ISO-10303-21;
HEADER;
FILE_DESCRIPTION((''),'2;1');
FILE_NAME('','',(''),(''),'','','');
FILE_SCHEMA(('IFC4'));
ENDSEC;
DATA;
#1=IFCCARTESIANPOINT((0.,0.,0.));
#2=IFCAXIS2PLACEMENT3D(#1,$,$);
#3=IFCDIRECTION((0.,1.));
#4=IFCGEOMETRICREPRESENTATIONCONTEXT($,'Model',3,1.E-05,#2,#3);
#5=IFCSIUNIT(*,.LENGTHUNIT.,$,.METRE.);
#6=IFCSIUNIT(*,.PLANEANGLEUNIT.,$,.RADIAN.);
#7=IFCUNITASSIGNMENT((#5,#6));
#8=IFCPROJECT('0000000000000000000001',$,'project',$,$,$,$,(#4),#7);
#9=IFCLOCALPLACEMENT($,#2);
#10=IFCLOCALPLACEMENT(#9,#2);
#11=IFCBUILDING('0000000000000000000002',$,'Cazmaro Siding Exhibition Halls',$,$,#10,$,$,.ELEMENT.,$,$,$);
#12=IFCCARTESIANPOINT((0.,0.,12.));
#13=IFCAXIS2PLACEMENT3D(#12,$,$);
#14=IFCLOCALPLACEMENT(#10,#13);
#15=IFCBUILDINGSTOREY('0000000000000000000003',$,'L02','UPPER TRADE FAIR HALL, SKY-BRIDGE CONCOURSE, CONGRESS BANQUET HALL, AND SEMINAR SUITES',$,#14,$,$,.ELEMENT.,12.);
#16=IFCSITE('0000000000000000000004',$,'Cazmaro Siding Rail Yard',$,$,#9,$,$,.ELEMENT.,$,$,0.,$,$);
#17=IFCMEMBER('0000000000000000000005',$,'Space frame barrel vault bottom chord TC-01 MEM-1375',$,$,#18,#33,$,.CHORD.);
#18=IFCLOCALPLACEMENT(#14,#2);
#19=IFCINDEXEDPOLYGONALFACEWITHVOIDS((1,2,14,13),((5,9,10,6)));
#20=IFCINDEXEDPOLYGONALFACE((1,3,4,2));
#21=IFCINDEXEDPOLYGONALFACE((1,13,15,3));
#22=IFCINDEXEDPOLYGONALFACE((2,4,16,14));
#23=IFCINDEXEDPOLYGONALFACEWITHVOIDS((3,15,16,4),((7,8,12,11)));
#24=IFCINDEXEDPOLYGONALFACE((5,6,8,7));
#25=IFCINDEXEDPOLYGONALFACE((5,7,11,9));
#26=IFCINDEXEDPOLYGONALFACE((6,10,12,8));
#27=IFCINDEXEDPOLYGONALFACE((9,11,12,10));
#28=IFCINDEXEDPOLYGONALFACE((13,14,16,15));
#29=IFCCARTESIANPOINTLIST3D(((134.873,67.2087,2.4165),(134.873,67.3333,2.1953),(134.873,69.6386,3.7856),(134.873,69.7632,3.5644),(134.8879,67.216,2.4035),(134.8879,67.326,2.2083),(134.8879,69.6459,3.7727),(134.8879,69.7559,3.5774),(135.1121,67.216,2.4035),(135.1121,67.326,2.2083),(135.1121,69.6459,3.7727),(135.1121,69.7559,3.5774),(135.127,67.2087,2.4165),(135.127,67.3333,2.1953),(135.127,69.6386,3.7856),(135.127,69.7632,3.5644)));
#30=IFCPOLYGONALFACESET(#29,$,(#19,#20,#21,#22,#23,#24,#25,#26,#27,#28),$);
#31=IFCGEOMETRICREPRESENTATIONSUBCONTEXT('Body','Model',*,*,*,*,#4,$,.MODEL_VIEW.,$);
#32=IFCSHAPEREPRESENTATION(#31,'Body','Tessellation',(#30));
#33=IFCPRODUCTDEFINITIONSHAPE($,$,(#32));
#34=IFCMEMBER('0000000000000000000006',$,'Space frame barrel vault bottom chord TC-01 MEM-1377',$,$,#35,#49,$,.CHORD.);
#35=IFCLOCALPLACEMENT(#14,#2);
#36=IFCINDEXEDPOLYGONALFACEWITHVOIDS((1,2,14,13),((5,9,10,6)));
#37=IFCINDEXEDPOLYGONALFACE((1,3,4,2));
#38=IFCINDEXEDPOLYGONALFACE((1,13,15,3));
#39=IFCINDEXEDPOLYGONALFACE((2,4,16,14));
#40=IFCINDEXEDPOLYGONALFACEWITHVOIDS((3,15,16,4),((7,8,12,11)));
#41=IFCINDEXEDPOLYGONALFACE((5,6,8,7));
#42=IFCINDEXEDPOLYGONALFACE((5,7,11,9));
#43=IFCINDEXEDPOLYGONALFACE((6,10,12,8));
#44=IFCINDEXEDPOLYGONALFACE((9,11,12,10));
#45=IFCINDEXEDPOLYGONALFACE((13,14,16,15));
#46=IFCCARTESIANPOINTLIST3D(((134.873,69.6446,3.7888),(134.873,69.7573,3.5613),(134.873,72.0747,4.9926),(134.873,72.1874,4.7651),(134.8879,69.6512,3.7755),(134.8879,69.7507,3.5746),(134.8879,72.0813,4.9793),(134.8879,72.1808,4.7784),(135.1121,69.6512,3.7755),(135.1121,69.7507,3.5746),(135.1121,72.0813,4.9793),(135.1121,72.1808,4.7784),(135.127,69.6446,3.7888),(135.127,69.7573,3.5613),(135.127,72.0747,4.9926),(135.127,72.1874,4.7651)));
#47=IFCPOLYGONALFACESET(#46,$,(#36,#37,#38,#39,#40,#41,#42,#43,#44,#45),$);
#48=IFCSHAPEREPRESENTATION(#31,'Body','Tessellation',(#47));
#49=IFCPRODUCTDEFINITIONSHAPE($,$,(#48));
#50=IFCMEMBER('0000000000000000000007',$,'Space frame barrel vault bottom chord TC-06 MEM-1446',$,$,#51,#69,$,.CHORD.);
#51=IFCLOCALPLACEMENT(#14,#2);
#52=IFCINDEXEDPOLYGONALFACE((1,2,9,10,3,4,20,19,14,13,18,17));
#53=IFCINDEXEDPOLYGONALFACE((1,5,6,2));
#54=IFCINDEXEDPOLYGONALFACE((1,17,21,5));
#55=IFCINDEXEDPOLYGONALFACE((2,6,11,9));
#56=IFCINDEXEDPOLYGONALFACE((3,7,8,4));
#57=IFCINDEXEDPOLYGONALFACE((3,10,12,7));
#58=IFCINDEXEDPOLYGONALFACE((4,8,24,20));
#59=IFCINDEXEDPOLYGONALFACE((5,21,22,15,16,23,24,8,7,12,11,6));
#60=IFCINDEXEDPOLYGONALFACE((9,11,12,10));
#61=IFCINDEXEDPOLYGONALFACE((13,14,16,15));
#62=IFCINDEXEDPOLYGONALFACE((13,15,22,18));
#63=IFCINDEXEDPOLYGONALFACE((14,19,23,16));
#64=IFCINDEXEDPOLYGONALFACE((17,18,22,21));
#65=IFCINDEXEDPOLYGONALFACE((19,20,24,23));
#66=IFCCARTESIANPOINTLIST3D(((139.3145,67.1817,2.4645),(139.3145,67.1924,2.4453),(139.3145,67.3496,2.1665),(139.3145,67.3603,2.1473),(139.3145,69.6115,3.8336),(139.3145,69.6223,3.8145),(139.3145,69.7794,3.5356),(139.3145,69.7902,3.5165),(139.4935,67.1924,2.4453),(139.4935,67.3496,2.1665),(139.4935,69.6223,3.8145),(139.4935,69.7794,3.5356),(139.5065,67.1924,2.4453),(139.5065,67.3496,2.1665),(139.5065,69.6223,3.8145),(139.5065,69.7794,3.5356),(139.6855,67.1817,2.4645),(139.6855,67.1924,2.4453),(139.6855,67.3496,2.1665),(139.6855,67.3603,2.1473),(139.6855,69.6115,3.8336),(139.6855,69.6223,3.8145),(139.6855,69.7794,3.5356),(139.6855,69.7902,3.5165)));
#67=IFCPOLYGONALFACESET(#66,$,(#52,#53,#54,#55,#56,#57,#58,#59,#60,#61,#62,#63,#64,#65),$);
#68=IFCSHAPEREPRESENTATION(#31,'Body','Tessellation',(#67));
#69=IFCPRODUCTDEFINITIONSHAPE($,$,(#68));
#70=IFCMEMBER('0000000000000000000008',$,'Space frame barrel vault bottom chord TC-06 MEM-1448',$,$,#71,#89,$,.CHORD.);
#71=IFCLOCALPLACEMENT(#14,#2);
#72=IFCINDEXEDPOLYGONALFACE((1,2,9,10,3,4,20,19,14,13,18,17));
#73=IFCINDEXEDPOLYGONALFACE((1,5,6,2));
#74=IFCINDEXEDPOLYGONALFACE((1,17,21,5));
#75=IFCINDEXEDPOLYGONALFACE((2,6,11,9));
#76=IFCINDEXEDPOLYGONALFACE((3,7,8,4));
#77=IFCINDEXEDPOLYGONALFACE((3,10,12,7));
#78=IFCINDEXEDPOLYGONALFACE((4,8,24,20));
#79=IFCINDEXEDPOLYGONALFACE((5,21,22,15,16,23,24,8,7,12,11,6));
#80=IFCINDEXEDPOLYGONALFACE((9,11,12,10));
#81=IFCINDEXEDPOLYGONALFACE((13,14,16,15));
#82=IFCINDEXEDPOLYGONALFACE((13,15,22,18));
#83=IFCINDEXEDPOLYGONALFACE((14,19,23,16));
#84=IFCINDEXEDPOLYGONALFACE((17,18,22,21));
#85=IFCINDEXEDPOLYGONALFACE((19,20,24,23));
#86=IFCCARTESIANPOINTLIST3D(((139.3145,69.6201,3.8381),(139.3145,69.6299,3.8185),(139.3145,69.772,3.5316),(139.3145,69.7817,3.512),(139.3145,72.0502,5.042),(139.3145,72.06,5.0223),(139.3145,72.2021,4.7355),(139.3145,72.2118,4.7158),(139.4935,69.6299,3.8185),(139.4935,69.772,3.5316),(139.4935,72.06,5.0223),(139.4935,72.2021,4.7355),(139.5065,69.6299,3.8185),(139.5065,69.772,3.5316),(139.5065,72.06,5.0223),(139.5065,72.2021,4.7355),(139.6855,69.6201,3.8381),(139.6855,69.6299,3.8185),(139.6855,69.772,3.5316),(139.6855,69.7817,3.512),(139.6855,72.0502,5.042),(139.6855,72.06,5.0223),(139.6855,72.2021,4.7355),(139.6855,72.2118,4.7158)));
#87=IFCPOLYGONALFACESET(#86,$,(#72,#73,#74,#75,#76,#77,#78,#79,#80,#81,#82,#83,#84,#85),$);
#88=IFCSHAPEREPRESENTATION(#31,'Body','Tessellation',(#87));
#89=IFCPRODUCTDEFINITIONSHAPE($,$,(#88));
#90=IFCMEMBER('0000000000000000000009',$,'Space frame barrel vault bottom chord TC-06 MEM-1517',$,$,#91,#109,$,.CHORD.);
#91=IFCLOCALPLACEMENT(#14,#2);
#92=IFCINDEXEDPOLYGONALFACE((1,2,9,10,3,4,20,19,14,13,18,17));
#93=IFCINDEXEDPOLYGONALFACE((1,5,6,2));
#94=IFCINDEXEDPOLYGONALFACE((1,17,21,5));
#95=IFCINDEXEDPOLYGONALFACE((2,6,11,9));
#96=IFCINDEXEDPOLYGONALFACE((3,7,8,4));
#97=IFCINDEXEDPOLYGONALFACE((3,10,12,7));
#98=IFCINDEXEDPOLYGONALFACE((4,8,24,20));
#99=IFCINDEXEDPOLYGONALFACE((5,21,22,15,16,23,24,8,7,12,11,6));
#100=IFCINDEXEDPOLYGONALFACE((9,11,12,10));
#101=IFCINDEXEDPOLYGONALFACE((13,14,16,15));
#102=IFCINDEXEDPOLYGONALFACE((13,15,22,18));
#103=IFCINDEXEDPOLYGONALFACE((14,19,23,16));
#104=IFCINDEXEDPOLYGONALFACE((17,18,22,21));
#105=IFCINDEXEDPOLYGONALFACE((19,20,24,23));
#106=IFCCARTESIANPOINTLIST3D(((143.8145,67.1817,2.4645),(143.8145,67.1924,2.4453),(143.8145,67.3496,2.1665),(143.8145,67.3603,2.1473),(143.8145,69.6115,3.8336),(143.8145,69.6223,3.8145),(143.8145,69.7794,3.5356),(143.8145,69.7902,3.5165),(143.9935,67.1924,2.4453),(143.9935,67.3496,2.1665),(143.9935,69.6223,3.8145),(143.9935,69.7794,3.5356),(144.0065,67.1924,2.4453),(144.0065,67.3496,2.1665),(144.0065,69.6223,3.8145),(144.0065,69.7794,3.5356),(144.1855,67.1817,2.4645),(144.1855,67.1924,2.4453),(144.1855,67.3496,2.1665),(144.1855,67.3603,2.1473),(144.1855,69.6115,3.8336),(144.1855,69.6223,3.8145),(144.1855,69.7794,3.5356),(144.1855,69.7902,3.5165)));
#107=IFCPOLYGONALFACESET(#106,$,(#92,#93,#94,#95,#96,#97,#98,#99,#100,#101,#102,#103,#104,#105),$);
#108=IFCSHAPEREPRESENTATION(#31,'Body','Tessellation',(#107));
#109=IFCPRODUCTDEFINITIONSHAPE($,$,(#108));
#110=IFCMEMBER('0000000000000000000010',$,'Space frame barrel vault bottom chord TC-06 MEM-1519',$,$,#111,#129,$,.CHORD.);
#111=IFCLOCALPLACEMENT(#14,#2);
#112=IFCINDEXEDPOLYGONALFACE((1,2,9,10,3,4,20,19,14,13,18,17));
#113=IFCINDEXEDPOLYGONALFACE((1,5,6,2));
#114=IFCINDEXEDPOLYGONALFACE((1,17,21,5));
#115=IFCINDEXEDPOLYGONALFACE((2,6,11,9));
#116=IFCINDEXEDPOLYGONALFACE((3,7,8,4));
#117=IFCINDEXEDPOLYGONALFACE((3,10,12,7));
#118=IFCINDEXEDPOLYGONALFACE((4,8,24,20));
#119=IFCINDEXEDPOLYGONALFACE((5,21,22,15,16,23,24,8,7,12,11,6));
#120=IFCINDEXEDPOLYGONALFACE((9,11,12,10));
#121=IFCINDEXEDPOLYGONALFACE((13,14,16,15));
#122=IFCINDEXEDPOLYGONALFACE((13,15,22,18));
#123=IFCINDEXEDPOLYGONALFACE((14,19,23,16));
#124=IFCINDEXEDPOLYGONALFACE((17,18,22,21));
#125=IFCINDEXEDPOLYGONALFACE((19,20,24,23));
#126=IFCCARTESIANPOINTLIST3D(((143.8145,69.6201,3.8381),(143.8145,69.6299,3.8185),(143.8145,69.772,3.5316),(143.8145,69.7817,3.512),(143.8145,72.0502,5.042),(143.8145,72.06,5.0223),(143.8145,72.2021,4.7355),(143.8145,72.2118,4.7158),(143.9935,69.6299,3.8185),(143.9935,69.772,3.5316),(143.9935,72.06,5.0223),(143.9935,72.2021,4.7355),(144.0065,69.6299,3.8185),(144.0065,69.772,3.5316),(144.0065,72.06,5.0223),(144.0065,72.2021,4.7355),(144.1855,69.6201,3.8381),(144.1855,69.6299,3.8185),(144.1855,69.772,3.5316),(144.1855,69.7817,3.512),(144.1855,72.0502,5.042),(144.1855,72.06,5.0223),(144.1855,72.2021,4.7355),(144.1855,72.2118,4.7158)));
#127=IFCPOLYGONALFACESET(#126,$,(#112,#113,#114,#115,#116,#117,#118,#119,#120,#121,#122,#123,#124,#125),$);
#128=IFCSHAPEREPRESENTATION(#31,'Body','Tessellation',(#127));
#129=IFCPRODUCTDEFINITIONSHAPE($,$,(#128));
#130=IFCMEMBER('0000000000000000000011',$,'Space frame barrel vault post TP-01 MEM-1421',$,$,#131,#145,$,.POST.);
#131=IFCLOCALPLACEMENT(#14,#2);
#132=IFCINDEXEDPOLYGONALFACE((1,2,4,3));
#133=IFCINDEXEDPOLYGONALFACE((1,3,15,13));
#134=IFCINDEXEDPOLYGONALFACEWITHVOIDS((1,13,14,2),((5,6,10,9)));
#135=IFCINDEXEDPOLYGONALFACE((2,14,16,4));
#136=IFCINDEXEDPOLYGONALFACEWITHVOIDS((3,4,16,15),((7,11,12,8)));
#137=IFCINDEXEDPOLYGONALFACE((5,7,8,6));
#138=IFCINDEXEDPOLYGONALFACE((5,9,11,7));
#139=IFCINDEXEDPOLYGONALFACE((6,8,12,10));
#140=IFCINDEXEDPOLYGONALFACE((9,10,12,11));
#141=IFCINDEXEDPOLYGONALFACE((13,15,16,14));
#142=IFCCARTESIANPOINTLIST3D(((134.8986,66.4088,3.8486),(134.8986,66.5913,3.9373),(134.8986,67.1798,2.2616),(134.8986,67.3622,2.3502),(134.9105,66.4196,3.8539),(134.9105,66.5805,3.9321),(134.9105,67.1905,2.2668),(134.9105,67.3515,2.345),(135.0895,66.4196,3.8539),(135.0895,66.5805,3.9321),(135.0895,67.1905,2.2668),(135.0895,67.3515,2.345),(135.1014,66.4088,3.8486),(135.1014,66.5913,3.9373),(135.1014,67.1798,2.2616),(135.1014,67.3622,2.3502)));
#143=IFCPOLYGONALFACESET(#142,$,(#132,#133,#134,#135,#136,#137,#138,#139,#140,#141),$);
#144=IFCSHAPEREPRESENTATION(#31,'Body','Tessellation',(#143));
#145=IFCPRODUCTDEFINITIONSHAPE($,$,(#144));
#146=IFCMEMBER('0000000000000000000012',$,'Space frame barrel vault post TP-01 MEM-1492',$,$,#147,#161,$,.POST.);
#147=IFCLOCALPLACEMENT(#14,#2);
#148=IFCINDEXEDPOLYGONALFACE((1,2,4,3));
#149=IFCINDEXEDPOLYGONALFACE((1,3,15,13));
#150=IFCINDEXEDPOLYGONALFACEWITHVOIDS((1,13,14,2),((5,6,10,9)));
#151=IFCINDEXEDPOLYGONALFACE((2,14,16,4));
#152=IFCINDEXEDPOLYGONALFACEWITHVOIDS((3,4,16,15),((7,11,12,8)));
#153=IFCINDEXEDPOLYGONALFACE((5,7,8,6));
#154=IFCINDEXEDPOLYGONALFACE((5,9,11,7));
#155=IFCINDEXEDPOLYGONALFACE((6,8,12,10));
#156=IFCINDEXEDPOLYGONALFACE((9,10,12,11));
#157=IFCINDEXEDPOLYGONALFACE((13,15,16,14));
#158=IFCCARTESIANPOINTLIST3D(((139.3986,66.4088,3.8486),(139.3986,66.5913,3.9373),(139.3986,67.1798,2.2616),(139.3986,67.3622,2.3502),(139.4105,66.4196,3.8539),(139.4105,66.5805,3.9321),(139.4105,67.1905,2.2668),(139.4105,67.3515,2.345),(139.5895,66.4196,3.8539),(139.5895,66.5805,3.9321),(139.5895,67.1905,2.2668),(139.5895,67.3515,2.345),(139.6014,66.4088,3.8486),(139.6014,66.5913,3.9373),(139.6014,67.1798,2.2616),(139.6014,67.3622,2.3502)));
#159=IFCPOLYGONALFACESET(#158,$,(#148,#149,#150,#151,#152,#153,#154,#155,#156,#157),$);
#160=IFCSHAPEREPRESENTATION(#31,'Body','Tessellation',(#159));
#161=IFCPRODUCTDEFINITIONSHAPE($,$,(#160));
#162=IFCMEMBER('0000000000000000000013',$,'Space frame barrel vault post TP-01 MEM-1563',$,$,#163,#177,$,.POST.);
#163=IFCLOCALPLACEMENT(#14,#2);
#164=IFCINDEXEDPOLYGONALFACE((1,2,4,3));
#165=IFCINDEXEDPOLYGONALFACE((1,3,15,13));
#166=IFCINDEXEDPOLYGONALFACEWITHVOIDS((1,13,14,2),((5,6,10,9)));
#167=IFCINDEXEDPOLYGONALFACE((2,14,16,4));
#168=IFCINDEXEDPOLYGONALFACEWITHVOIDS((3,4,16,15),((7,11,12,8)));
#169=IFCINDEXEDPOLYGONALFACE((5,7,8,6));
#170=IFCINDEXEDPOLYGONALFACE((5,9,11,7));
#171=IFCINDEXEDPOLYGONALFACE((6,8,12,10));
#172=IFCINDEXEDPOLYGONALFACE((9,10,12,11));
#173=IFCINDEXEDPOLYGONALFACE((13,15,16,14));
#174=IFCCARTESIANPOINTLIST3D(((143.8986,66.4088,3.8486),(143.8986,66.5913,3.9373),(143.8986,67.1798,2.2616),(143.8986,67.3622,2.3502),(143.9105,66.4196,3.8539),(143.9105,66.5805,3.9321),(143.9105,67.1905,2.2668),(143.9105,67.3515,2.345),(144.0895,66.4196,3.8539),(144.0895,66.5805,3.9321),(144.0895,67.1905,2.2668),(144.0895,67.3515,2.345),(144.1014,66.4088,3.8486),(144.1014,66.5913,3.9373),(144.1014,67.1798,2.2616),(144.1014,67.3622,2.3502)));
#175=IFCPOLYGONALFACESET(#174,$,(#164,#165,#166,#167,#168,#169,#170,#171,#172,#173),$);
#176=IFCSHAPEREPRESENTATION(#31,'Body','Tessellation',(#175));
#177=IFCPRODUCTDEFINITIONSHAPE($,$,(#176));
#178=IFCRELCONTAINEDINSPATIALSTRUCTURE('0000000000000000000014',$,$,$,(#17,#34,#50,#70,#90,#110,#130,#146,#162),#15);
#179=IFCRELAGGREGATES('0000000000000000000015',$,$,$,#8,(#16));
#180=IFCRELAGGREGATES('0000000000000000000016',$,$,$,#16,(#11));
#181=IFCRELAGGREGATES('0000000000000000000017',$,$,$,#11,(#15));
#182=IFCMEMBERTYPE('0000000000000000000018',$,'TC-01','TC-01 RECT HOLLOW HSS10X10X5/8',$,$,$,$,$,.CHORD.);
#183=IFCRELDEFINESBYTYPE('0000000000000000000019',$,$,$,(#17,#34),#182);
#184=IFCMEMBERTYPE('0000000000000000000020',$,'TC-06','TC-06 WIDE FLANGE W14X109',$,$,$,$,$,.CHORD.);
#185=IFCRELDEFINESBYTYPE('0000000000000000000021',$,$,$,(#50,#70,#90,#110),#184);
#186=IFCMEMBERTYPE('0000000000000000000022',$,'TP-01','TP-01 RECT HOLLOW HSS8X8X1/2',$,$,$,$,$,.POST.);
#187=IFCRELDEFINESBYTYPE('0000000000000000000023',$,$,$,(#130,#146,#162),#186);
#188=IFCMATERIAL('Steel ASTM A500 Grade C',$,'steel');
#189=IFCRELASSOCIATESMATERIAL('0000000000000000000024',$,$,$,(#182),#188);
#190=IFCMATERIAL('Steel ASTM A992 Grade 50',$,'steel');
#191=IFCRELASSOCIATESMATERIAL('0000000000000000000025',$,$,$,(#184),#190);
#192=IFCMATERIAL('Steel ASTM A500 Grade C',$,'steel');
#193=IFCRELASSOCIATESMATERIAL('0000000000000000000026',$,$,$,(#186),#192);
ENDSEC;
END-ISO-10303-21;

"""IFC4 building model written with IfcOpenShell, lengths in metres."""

from ifc_helpers import new_model, si_unit, direction, frame, origin, origin_2d, place, context, subcontext, project, spatial, hollow_rectangle, i_section, extrude, material, material_profile, profile_set, type_object, element, save


model = new_model("IFC4")

# Units and contexts
model_context = context("Model", 3, precision=1e-05, world=origin(), true_north=direction((0.0, 1.0)))
body_context = subcontext(model_context, "Body", "Model", "MODEL_VIEW")
ifc_project = project(units=[si_unit("LENGTHUNIT", "METRE"), si_unit("PLANEANGLEUNIT", "RADIAN")], contexts=[model_context])

# Site, building, storey
site_placement = place(None, origin())
site = spatial("IfcSite", under=ifc_project, at=site_placement, Name="Cazmaro Siding Rail Yard", CompositionType="ELEMENT", RefElevation=0.0)
building_placement = place(site_placement, origin())
building = spatial("IfcBuilding", under=site, at=building_placement, Name="Cazmaro Siding Exhibition Halls", CompositionType="ELEMENT")
storey_placement = place(building_placement, frame((0.0, 0.0, 12.0)))
storey = spatial("IfcBuildingStorey", under=building, at=storey_placement, Name="L02", Description="UPPER TRADE FAIR HALL, SKY-BRIDGE CONCOURSE, CONGRESS BANQUET HALL, AND SEMINAR SUITES", CompositionType="ELEMENT", Elevation=12.0)

# Members
ifc_material_1 = material(Name="Steel ASTM A500 Grade C", Category="steel")
ifc_material_profile_1 = material_profile(ifc_material_1, hollow_rectangle(XDim=0.2539, YDim=0.2539, WallThickness=0.0149, at=origin_2d()), Name="HSS10X10X5/8")
ifc_profile_set_1 = profile_set([ifc_material_profile_1], Name="Steel ASTM A500 Grade C")
member_type_1 = type_object("IfcMemberType", Name="TC-01", Description="TC-01 RECT HOLLOW HSS10X10X5/8", PredefinedType="CHORD", material=ifc_profile_set_1)
member_1_placement = place(storey_placement, frame((135.0, 67.271, 2.3059), z_axis=(0.0, 0.871222, 0.490889), x_axis=(-1.0, 0.0, 0.0)))
element("IfcMember", 1, at=member_1_placement, inside=storey, type_object=member_type_1, Name="Space frame barrel vault bottom chord TC-01 MEM-1375", PredefinedType="CHORD", context=body_context, shape_type="SweptSolid", body=[
    extrude(hollow_rectangle(XDim=0.2539, YDim=0.2539, WallThickness=0.0149, at=origin_2d()), origin(), (0.0, 0.0, 1.0), 2.7891),
])
member_2_placement = place(storey_placement, frame((135.0, 69.7009, 3.675), z_axis=(0.0, 0.896077, 0.443898), x_axis=(-1.0, 0.0, 0.0)))
element("IfcMember", 2, at=member_2_placement, inside=storey, type_object=member_type_1, Name="Space frame barrel vault bottom chord TC-01 MEM-1377", PredefinedType="CHORD", context=body_context, shape_type="SweptSolid", body=[
    extrude(hollow_rectangle(XDim=0.2539, YDim=0.2539, WallThickness=0.0149, at=origin_2d()), origin(), (0.0, 0.0, 1.0), 2.7119),
])
ifc_material_2 = material(Name="Steel ASTM A992 Grade 50", Category="steel")
ifc_material_profile_2 = material_profile(ifc_material_2, i_section(OverallWidth=0.3711, OverallDepth=0.364, WebThickness=0.0129, FlangeThickness=0.022, at=origin_2d()), Name="W14X109")
ifc_profile_set_2 = profile_set([ifc_material_profile_2], Name="Steel ASTM A992 Grade 50")
member_type_2 = type_object("IfcMemberType", Name="TC-06", Description="TC-06 WIDE FLANGE W14X109", PredefinedType="CHORD", material=ifc_profile_set_2)
member_3_placement = place(storey_placement, frame((139.5, 67.271, 2.3059), z_axis=(0.0, 0.871222, 0.490889), x_axis=(-1.0, 0.0, 0.0)))
element("IfcMember", 3, at=member_3_placement, inside=storey, type_object=member_type_2, Name="Space frame barrel vault bottom chord TC-06 MEM-1446", PredefinedType="CHORD", context=body_context, shape_type="SweptSolid", body=[
    extrude(i_section(OverallWidth=0.3711, OverallDepth=0.364, WebThickness=0.0129, FlangeThickness=0.022, at=origin_2d()), origin(), (0.0, 0.0, 1.0), 2.7891),
])
member_4_placement = place(storey_placement, frame((139.5, 69.7009, 3.675), z_axis=(0.0, 0.896077, 0.443898), x_axis=(-1.0, 0.0, 0.0)))
element("IfcMember", 4, at=member_4_placement, inside=storey, type_object=member_type_2, Name="Space frame barrel vault bottom chord TC-06 MEM-1448", PredefinedType="CHORD", context=body_context, shape_type="SweptSolid", body=[
    extrude(i_section(OverallWidth=0.3711, OverallDepth=0.364, WebThickness=0.0129, FlangeThickness=0.022, at=origin_2d()), origin(), (0.0, 0.0, 1.0), 2.7119),
])
member_5_placement = place(storey_placement, frame((144.0, 67.271, 2.3059), z_axis=(0.0, 0.871222, 0.490889), x_axis=(-1.0, 0.0, 0.0)))
element("IfcMember", 5, at=member_5_placement, inside=storey, type_object=member_type_2, Name="Space frame barrel vault bottom chord TC-06 MEM-1517", PredefinedType="CHORD", context=body_context, shape_type="SweptSolid", body=[
    extrude(i_section(OverallWidth=0.3711, OverallDepth=0.364, WebThickness=0.0129, FlangeThickness=0.022, at=origin_2d()), origin(), (0.0, 0.0, 1.0), 2.7891),
])
member_6_placement = place(storey_placement, frame((144.0, 69.7009, 3.675), z_axis=(0.0, 0.896077, 0.443898), x_axis=(-1.0, 0.0, 0.0)))
element("IfcMember", 6, at=member_6_placement, inside=storey, type_object=member_type_2, Name="Space frame barrel vault bottom chord TC-06 MEM-1519", PredefinedType="CHORD", context=body_context, shape_type="SweptSolid", body=[
    extrude(i_section(OverallWidth=0.3711, OverallDepth=0.364, WebThickness=0.0129, FlangeThickness=0.022, at=origin_2d()), origin(), (0.0, 0.0, 1.0), 2.7119),
])
ifc_material_3 = material(Name="Steel ASTM A500 Grade C", Category="steel")
ifc_material_profile_3 = material_profile(ifc_material_3, hollow_rectangle(XDim=0.2029, YDim=0.2029, WallThickness=0.012, at=origin_2d()), Name="HSS8X8X1/2")
ifc_profile_set_3 = profile_set([ifc_material_profile_3], Name="Steel ASTM A500 Grade C")
member_type_3 = type_object("IfcMemberType", Name="TP-01", Description="TP-01 RECT HOLLOW HSS8X8X1/2", PredefinedType="POST", material=ifc_profile_set_3)
for number, where, z_axis, x_axis, name in (
    (7, (135.0, 67.271, 2.3059), (0.0, -0.436946, 0.899488), (1.0, 0.0, 0.0), "Space frame barrel vault post TP-01 MEM-1421"),
    (8, (139.5, 67.271, 2.3059), (0.0, -0.436946, 0.899488), (1.0, 0.0, 0.0), "Space frame barrel vault post TP-01 MEM-1492"),
    (9, (144.0, 67.271, 2.3059), (0.0, -0.436946, 0.899488), (1.0, 0.0, 0.0), "Space frame barrel vault post TP-01 MEM-1563"),
):
    element("IfcMember", number, at=place(storey_placement, frame(where, z_axis=z_axis, x_axis=x_axis)), inside=storey, type_object=member_type_3, Name=name, PredefinedType="POST", context=body_context, shape_type="SweptSolid", body=[
        extrude(hollow_rectangle(XDim=0.2029, YDim=0.2029, WallThickness=0.012, at=origin_2d()), origin(), (0.0, 0.0, 1.0), 1.7644),
    ])

save(model, "model.ifc")
